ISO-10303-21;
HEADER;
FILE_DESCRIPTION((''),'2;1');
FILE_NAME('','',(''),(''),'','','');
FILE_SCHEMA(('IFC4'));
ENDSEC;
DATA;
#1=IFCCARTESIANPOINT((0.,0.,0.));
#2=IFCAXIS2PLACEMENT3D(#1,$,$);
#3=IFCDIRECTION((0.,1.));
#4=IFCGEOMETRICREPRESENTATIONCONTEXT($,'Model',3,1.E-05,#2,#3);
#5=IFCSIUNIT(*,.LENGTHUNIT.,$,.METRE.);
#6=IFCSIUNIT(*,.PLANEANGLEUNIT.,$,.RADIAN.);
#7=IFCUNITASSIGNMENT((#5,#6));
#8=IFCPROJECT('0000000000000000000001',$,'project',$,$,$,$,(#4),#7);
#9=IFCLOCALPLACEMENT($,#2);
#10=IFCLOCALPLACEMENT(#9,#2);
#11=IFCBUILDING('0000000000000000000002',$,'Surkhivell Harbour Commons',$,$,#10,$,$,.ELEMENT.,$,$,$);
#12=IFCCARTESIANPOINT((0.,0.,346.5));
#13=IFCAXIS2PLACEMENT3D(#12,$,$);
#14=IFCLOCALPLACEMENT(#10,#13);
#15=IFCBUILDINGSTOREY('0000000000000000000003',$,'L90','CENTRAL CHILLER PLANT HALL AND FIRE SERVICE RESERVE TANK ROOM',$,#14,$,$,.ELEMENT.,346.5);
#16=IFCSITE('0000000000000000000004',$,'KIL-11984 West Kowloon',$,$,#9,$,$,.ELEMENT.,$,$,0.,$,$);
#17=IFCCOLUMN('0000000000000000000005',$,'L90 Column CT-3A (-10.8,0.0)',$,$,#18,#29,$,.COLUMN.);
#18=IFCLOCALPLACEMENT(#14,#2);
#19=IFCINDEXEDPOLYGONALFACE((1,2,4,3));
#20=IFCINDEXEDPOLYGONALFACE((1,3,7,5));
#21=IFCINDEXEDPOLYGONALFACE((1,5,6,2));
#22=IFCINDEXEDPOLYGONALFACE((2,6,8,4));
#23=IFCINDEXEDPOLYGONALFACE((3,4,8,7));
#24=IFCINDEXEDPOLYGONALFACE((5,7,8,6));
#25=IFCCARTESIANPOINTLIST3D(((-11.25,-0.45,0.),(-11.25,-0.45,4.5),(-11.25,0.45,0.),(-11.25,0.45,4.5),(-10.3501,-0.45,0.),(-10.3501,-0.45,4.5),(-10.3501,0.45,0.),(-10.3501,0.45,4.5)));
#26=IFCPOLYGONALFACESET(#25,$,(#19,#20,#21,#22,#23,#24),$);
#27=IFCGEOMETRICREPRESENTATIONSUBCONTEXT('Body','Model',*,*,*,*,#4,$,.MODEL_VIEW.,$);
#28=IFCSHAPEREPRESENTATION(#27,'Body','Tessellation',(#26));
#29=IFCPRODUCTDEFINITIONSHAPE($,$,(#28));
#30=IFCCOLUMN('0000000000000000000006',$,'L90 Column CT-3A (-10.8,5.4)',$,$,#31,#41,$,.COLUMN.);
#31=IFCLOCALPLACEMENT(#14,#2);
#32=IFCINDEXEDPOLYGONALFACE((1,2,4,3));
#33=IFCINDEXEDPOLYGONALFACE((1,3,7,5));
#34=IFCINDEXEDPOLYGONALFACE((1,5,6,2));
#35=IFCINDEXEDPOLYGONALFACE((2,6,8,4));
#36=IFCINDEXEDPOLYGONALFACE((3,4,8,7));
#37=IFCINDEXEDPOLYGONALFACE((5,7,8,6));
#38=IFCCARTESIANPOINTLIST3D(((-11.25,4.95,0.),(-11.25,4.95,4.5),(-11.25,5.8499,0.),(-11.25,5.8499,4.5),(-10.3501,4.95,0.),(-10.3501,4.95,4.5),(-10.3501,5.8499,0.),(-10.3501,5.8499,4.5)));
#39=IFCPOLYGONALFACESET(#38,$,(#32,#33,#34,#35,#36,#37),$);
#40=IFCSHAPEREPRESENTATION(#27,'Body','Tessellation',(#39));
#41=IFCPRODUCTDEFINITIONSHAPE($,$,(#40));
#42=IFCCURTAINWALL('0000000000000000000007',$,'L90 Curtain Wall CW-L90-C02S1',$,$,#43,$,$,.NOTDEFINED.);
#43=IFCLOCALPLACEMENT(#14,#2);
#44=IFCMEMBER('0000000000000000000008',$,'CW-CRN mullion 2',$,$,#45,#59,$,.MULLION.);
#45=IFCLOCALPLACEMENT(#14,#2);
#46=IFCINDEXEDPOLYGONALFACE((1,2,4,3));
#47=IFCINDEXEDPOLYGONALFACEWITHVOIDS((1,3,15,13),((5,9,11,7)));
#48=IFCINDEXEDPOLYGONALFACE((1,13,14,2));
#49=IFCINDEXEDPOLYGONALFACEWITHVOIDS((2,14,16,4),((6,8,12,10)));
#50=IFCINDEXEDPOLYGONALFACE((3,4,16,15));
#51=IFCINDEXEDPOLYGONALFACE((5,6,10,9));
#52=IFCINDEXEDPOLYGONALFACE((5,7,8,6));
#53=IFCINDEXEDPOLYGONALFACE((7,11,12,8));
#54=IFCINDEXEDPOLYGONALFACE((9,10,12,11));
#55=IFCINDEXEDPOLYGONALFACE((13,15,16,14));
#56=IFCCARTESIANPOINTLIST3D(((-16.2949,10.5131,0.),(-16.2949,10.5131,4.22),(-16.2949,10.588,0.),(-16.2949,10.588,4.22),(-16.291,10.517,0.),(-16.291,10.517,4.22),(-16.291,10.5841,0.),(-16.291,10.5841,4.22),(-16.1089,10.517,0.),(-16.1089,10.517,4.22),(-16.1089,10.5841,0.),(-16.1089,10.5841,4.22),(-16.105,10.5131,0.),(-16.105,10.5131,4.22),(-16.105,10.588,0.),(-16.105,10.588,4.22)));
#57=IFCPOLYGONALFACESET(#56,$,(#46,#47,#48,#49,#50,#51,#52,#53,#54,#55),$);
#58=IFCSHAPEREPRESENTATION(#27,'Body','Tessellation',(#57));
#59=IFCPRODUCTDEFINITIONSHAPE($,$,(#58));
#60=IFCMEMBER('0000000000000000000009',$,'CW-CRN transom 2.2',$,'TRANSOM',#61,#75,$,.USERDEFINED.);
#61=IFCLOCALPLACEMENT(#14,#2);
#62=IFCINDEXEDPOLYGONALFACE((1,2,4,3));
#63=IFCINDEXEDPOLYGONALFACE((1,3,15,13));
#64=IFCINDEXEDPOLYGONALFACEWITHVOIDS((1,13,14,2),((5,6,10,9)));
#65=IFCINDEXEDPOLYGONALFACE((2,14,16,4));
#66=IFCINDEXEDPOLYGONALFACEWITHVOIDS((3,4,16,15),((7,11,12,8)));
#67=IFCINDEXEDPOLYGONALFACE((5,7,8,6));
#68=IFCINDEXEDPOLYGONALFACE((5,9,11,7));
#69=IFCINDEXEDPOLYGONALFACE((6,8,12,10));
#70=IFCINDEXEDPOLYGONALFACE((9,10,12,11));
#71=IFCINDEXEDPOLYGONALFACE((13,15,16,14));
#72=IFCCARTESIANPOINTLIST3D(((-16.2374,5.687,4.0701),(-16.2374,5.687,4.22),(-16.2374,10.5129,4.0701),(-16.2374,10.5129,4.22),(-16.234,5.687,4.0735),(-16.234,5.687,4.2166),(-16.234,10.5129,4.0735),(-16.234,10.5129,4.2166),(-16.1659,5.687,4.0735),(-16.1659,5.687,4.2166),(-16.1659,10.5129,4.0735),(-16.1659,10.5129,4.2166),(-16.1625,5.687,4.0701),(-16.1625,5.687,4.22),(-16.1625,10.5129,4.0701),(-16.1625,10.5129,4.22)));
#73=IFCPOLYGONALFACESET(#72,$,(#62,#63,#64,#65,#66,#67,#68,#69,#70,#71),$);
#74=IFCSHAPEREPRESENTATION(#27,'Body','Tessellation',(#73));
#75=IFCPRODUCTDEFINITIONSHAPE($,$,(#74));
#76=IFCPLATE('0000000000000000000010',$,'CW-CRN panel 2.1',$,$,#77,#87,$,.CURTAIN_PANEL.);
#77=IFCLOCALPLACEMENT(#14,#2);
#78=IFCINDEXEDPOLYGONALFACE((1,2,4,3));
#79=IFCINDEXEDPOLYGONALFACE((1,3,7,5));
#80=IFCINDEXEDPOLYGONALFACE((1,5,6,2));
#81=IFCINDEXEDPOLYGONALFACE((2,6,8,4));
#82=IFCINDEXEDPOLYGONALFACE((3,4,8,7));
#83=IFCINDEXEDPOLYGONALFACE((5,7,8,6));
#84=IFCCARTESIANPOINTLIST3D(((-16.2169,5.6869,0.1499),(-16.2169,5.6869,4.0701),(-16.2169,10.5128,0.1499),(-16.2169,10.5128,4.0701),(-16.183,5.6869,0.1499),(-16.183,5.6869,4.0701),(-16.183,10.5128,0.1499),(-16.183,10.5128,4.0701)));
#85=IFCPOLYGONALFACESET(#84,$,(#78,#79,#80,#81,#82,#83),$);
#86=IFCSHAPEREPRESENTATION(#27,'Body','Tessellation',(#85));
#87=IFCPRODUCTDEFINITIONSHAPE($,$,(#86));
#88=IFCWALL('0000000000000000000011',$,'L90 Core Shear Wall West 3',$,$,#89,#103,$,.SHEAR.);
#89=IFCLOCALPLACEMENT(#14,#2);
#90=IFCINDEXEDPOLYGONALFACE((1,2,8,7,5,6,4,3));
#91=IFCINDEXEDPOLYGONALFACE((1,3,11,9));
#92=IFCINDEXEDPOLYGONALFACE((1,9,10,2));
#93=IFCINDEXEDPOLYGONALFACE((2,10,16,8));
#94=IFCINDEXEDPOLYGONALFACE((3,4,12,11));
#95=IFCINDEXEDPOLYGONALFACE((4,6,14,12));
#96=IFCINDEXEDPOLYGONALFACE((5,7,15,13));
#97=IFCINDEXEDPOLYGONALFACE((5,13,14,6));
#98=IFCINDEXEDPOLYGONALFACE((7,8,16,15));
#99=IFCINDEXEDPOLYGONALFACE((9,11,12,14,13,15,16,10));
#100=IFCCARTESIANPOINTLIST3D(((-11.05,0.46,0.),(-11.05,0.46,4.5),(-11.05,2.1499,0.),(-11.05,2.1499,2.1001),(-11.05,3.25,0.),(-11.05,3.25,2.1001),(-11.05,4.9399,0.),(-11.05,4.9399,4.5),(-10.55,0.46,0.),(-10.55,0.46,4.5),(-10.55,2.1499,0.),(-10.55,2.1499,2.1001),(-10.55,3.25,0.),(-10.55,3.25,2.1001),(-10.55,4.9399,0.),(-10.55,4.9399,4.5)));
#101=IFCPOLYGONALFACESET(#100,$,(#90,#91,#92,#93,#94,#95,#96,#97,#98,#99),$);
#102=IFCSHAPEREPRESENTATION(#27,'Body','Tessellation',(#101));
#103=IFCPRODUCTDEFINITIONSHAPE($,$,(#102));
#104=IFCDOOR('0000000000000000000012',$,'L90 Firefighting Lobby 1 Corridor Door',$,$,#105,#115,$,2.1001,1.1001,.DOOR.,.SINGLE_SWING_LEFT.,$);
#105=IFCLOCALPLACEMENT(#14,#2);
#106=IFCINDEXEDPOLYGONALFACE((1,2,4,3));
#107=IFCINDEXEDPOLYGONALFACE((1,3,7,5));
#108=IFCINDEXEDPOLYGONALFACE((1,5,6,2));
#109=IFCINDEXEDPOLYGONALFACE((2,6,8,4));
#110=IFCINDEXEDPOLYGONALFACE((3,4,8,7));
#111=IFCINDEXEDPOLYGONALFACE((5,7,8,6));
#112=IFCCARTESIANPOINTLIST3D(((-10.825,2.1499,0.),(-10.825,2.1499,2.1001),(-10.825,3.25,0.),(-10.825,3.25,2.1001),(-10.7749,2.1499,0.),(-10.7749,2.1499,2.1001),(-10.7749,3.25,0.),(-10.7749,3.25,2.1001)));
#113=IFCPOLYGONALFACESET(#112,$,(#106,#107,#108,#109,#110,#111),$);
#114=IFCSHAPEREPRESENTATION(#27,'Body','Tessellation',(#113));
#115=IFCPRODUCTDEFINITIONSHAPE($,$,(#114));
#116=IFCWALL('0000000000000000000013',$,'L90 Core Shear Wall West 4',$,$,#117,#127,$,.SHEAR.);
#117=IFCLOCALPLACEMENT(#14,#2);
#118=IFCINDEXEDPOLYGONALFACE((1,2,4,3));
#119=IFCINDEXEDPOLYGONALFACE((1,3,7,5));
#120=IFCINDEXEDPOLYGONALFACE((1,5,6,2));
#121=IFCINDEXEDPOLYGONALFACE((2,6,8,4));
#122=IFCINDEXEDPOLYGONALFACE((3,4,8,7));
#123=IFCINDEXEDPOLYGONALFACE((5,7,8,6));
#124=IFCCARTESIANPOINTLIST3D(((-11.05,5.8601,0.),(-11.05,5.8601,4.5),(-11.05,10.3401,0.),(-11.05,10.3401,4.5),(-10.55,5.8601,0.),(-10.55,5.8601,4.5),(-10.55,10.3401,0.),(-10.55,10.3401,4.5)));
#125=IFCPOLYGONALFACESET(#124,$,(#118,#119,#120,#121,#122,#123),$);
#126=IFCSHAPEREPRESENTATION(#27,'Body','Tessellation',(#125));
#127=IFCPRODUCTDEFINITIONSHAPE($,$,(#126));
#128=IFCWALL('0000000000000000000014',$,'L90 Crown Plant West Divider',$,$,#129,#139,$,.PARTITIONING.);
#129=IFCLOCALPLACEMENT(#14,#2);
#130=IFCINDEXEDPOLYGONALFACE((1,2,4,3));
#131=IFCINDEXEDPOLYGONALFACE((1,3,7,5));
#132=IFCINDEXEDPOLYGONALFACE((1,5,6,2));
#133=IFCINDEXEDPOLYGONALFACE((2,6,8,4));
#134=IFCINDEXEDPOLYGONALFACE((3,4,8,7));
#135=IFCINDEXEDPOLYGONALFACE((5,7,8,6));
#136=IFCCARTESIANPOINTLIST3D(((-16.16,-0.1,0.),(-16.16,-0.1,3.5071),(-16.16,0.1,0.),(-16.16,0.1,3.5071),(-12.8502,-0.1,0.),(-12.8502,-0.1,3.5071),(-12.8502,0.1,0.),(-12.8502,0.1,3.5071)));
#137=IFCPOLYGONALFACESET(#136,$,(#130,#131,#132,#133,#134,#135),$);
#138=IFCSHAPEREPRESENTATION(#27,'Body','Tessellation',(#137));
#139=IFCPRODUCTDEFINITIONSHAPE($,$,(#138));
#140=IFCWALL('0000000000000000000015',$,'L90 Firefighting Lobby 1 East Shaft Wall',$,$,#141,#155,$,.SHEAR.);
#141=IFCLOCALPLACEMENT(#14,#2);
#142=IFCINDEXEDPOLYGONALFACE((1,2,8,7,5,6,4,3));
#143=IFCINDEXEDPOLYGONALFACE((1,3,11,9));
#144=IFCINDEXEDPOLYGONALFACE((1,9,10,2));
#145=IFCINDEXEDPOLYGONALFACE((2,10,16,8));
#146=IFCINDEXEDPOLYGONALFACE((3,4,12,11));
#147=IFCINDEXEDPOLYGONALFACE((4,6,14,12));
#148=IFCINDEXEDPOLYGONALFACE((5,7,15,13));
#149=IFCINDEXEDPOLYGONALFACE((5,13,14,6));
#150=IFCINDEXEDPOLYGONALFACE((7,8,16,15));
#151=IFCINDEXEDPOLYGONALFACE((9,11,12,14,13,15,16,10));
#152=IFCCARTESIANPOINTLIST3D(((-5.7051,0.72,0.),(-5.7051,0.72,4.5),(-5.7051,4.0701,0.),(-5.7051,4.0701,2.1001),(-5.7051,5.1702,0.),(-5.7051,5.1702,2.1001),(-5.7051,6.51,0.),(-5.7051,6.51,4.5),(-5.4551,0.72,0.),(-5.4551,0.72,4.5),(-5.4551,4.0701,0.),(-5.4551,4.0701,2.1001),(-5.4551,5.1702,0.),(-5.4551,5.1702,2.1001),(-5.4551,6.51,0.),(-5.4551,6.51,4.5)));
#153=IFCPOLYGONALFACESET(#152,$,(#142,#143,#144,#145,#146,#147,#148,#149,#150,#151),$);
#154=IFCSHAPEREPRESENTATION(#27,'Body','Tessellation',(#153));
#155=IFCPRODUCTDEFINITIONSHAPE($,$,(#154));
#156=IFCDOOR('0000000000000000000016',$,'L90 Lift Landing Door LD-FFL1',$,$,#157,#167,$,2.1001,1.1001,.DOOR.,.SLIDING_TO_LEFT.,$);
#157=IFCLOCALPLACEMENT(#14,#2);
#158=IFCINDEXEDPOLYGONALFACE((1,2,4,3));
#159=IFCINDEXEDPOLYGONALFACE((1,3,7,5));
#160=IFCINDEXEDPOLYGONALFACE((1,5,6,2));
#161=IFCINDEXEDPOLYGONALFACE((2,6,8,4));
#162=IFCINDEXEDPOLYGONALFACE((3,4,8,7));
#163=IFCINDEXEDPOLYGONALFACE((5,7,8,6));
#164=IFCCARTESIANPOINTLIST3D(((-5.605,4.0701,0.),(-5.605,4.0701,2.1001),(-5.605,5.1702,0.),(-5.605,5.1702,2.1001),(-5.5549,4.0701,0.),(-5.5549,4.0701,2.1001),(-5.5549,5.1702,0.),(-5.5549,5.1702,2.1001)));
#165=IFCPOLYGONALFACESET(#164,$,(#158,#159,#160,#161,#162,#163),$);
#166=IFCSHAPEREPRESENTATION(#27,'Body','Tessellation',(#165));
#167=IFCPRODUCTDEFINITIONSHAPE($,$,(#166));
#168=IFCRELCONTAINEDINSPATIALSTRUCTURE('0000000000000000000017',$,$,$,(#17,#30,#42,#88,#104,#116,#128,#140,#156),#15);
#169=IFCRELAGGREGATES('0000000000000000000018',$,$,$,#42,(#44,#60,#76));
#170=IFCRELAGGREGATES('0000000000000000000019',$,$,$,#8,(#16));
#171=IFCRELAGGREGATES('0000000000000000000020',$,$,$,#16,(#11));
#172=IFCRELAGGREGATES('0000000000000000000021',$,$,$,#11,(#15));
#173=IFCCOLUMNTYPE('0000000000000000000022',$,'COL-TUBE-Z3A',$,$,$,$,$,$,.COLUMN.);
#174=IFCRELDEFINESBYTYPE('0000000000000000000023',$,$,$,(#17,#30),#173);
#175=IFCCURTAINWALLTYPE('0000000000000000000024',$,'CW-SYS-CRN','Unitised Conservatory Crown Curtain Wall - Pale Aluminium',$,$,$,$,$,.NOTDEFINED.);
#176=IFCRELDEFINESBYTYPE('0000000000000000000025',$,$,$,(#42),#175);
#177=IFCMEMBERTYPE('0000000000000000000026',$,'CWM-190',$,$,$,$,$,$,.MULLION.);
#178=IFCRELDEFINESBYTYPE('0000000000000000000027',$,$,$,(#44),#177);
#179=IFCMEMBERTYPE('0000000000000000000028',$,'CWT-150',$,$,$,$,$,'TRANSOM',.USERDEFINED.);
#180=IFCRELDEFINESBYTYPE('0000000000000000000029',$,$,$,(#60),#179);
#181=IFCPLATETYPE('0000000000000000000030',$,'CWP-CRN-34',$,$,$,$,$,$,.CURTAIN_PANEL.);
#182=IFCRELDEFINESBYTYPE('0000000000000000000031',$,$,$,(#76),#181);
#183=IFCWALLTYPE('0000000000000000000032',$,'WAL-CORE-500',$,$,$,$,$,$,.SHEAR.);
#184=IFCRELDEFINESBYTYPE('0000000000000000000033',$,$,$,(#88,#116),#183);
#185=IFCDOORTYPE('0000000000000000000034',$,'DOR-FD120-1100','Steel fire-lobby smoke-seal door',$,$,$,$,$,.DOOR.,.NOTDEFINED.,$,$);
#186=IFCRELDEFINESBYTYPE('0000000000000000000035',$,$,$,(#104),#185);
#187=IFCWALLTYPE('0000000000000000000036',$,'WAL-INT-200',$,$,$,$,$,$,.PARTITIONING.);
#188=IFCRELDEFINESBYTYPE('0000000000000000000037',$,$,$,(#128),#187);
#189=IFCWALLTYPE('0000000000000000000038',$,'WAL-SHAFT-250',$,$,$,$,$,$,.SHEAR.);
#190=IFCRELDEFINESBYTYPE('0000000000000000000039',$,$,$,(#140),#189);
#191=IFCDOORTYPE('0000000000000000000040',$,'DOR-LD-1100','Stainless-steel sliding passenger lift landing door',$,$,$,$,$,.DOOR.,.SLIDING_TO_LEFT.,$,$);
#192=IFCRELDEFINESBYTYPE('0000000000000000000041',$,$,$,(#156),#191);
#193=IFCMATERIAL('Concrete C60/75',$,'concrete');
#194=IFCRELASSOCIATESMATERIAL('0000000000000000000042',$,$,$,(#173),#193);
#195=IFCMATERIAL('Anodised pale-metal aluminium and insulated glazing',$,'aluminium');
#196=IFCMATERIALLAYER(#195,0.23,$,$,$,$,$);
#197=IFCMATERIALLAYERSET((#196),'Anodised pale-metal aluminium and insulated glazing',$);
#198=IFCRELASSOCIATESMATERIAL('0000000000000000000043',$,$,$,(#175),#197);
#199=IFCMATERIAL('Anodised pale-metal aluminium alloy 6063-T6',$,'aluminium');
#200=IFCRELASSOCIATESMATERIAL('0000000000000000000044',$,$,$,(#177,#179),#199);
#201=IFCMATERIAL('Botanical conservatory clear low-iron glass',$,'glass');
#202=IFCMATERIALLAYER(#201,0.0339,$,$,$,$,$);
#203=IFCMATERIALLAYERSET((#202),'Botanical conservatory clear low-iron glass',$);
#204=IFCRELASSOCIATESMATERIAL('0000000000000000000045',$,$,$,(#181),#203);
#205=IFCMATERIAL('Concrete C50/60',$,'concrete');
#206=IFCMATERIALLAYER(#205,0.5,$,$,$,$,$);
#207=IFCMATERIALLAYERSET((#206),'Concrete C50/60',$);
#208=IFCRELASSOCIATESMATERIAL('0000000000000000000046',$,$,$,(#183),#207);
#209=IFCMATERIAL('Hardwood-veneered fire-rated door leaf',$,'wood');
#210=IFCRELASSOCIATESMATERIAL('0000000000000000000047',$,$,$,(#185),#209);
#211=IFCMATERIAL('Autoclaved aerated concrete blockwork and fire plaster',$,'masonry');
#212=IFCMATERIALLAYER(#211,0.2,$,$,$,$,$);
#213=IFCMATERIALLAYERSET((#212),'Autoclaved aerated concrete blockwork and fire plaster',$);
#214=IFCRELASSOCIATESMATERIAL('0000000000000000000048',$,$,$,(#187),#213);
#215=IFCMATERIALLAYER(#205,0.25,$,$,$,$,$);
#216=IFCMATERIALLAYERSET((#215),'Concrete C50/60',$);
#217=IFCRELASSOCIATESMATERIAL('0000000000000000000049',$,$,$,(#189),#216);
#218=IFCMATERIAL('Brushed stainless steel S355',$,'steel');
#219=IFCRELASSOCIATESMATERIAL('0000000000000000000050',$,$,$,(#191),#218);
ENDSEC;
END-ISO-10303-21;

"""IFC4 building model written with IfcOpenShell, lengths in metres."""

from ifc_helpers import new_model, si_unit, direction, frame, frame_2d, origin, origin_2d, place, context, subcontext, project, spatial, rectangle, hollow_rectangle, extrude, material, layer, layer_set, material_profile, profile_set, type_object, element, fill, aggregate, save


model = new_model("IFC4")

# Units and contexts
model_context = context("Model", 3, precision=1e-05, world=origin(), true_north=direction((0.0, 1.0)))
body_context = subcontext(model_context, "Body", "Model", "MODEL_VIEW")
ifc_project = project(units=[si_unit("LENGTHUNIT", "METRE"), si_unit("PLANEANGLEUNIT", "RADIAN")], contexts=[model_context])

# Site, building, storey
site_placement = place(None, origin())
site = spatial("IfcSite", under=ifc_project, at=site_placement, Name="KIL-11984 West Kowloon", CompositionType="ELEMENT", RefElevation=0.0)
building_placement = place(site_placement, origin())
building = spatial("IfcBuilding", under=site, at=building_placement, Name="Surkhivell Harbour Commons", CompositionType="ELEMENT")
storey_placement = place(building_placement, frame((0.0, 0.0, 346.5)))
storey = spatial("IfcBuildingStorey", under=building, at=storey_placement, Name="L90", Description="CENTRAL CHILLER PLANT HALL AND FIRE SERVICE RESERVE TANK ROOM", CompositionType="ELEMENT", Elevation=346.5)

# Columns
ifc_material_1 = material(Name="Concrete C60/75", Category="concrete")
ifc_material_profile_1 = material_profile(ifc_material_1, rectangle(XDim=0.8999, YDim=0.8999, at=origin_2d()), Name="RC-COL-900x900")
ifc_profile_set_1 = profile_set([ifc_material_profile_1], Name="Concrete C60/75")
column_type = type_object("IfcColumnType", Name="COL-TUBE-Z3A", PredefinedType="COLUMN", material=ifc_profile_set_1)
for number, where, z_axis, x_axis, name in (
    (1, (-10.8, 0.0, 0.0), (0.0, 0.0, 1.0), (1.0, 0.0, 0.0), "L90 Column CT-3A (-10.8,0.0)"),
    (2, (-10.8, 5.3999, 0.0), (0.0, 0.0, 1.0), (1.0, 0.0, 0.0), "L90 Column CT-3A (-10.8,5.4)"),
):
    element("IfcColumn", number, at=place(storey_placement, frame(where, z_axis=z_axis, x_axis=x_axis)), inside=storey, type_object=column_type, Name=name, PredefinedType="COLUMN", context=body_context, shape_type="SweptSolid", body=[
        extrude(rectangle(XDim=0.8999, YDim=0.8999, at=origin_2d()), origin(), (0.0, 0.0, 1.0), 4.5),
    ])

# Curtain wall, members, plate
ifc_material_2 = material(Name="Anodised pale-metal aluminium and insulated glazing", Category="aluminium")
ifc_layer_1 = layer(ifc_material_2, 0.23)
ifc_layer_set_1 = layer_set([ifc_layer_1], Name="Anodised pale-metal aluminium and insulated glazing")
curtain_wall_type = type_object("IfcCurtainWallType", Name="CW-SYS-CRN", Description="Unitised Conservatory Crown Curtain Wall - Pale Aluminium", PredefinedType="NOTDEFINED", material=ifc_layer_set_1)
curtain_wall_placement = place(storey_placement, origin())
curtain_wall = element("IfcCurtainWall", 3, at=curtain_wall_placement, inside=storey, type_object=curtain_wall_type, Name="L90 Curtain Wall CW-L90-C02S1", PredefinedType="NOTDEFINED")
ifc_material_3 = material(Name="Anodised pale-metal aluminium alloy 6063-T6", Category="aluminium")
ifc_material_profile_2 = material_profile(ifc_material_3, hollow_rectangle(XDim=0.075, YDim=0.1899, WallThickness=0.0039, at=origin_2d()), Name="ALU-MULL-75x190")
ifc_profile_set_2 = profile_set([ifc_material_profile_2], Name="Anodised pale-metal aluminium alloy 6063-T6")
member_type_1 = type_object("IfcMemberType", Name="CWM-190", PredefinedType="MULLION", material=ifc_profile_set_2)
member_1_placement = place(storey_placement, frame((-16.2, 10.5505, 0.0), z_axis=(0.0, 0.0, 1.0), x_axis=(0.0, -1.0, 0.0)))
member_1 = element("IfcMember", 4, at=member_1_placement, type_object=member_type_1, Name="CW-CRN mullion 2", PredefinedType="MULLION", context=body_context, shape_type="SweptSolid", body=[
    extrude(hollow_rectangle(XDim=0.075, YDim=0.1899, WallThickness=0.0039, at=origin_2d()), origin(), (0.0, 0.0, 1.0), 4.22),
])
ifc_material_profile_3 = material_profile(ifc_material_3, hollow_rectangle(XDim=0.075, YDim=0.1499, WallThickness=0.0034, at=origin_2d()), Name="ALU-TRAN-75x150")
ifc_profile_set_3 = profile_set([ifc_material_profile_3], Name="Anodised pale-metal aluminium alloy 6063-T6")
member_type_2 = type_object("IfcMemberType", Name="CWT-150", ElementType="TRANSOM", PredefinedType="USERDEFINED", material=ifc_profile_set_3)
member_2_placement = place(storey_placement, frame((-16.2, 10.5129, 4.145), z_axis=(0.0, -1.0, 0.0), x_axis=(1.0, 0.0, 0.0)))
member_2 = element("IfcMember", 5, at=member_2_placement, type_object=member_type_2, Name="CW-CRN transom 2.2", ObjectType="TRANSOM", PredefinedType="USERDEFINED", context=body_context, shape_type="SweptSolid", body=[
    extrude(hollow_rectangle(XDim=0.075, YDim=0.1499, WallThickness=0.0034, at=origin_2d()), origin(), (0.0, 0.0, 1.0), 4.8259),
])
ifc_material_4 = material(Name="Botanical conservatory clear low-iron glass", Category="glass")
ifc_layer_2 = layer(ifc_material_4, 0.0339)
ifc_layer_set_2 = layer_set([ifc_layer_2], Name="Botanical conservatory clear low-iron glass")
plate_type = type_object("IfcPlateType", Name="CWP-CRN-34", PredefinedType="CURTAIN_PANEL", material=ifc_layer_set_2)
plate_placement = place(storey_placement, frame((-16.2, 10.5129, 0.1499), z_axis=(0.0, 0.0, 1.0), x_axis=(0.0, -1.0, 0.0)))
plate = element("IfcPlate", 6, at=plate_placement, type_object=plate_type, Name="CW-CRN panel 2.1", PredefinedType="CURTAIN_PANEL", context=body_context, shape_type="SweptSolid", body=[
    extrude(rectangle(XDim=4.8259, YDim=0.0339, at=frame_2d((2.4131, 0.0))), origin(), (0.0, 0.0, 1.0), 3.9202),
])
aggregate(curtain_wall, [member_1, member_2, plate])

# Wall, opening, door
ifc_material_5 = material(Name="Concrete C50/60", Category="concrete")
ifc_layer_3 = layer(ifc_material_5, 0.5)
ifc_layer_set_3 = layer_set([ifc_layer_3], Name="Concrete C50/60")
wall_type_1 = type_object("IfcWallType", Name="WAL-CORE-500", PredefinedType="SHEAR", material=ifc_layer_set_3)
wall_1_placement = place(storey_placement, frame((-10.8, 0.46, 0.0), z_axis=(0.0, 0.0, 1.0), x_axis=(0.0, 1.0, 0.0)))
wall_1 = element("IfcWall", 7, at=wall_1_placement, inside=storey, type_object=wall_type_1, Name="L90 Core Shear Wall West 3", PredefinedType="SHEAR", context=body_context, shape_type="SweptSolid", body=[
    extrude(rectangle(XDim=4.48, YDim=0.5, at=frame_2d((2.24, 0.0))), origin(), (0.0, 0.0, 1.0), 4.5),
])
opening_1_placement = place(wall_1_placement, frame((1.6899, 0.0, 0.0)))
opening_1 = element("IfcOpeningElement", 8, at=opening_1_placement, cuts=wall_1, PredefinedType="OPENING", context=body_context, shape_type="SweptSolid", body=[
    extrude(rectangle(XDim=1.1001, YDim=2.1001, at=frame_2d((0.55, 1.05))), frame((0.0, 0.26, 0.0), z_axis=(0.0, -1.0, 0.0), x_axis=(1.0, 0.0, 0.0)), (0.0, 0.0, 1.0), 0.52),
])
ifc_material_6 = material(Name="Hardwood-veneered fire-rated door leaf", Category="wood")
door_type_1 = type_object("IfcDoorType", Name="DOR-FD120-1100", Description="Steel fire-lobby smoke-seal door", OperationType="NOTDEFINED", PredefinedType="DOOR", material=ifc_material_6)
door_1_placement = place(opening_1_placement, origin())
door_1 = element("IfcDoor", 9, at=door_1_placement, inside=storey, type_object=door_type_1, Name="L90 Firefighting Lobby 1 Corridor Door", OperationType="SINGLE_SWING_LEFT", OverallHeight=2.1001, OverallWidth=1.1001, PredefinedType="DOOR", context=body_context, shape_type="SweptSolid", body=[
    extrude(rectangle(XDim=1.1001, YDim=2.1001, at=frame_2d((0.55, 1.05))), frame((0.0, 0.0249, 0.0), z_axis=(0.0, -1.0, 0.0), x_axis=(1.0, 0.0, 0.0)), (0.0, 0.0, 1.0), 0.05),
])
fill(opening_1, door_1)

# Walls
wall_2_placement = place(storey_placement, frame((-10.8, 5.8601, 0.0), z_axis=(0.0, 0.0, 1.0), x_axis=(0.0, 1.0, 0.0)))
element("IfcWall", 10, at=wall_2_placement, inside=storey, type_object=wall_type_1, Name="L90 Core Shear Wall West 4", PredefinedType="SHEAR", context=body_context, shape_type="SweptSolid", body=[
    extrude(rectangle(XDim=4.48, YDim=0.5, at=frame_2d((2.24, 0.0))), origin(), (0.0, 0.0, 1.0), 4.5),
])
ifc_material_7 = material(Name="Autoclaved aerated concrete blockwork and fire plaster", Category="masonry")
ifc_layer_4 = layer(ifc_material_7, 0.2)
ifc_layer_set_4 = layer_set([ifc_layer_4], Name="Autoclaved aerated concrete blockwork and fire plaster")
wall_type_2 = type_object("IfcWallType", Name="WAL-INT-200", PredefinedType="PARTITIONING", material=ifc_layer_set_4)
wall_3_placement = place(storey_placement, frame((-16.1599, 0.0, 0.0), z_axis=(0.0, 0.0, 1.0), x_axis=(1.0, 0.0, 0.0)))
element("IfcWall", 11, at=wall_3_placement, inside=storey, type_object=wall_type_2, Name="L90 Crown Plant West Divider", PredefinedType="PARTITIONING", context=body_context, shape_type="SweptSolid", body=[
    extrude(rectangle(XDim=3.3098, YDim=0.2, at=frame_2d((1.6548, 0.0))), origin(), (0.0, 0.0, 1.0), 3.5071),
])

# Wall, opening, door
ifc_layer_5 = layer(ifc_material_5, 0.25)
ifc_layer_set_5 = layer_set([ifc_layer_5], Name="Concrete C50/60")
wall_type_3 = type_object("IfcWallType", Name="WAL-SHAFT-250", PredefinedType="SHEAR", material=ifc_layer_set_5)
wall_4_placement = place(storey_placement, frame((-5.5801, 0.72, 0.0), z_axis=(0.0, 0.0, 1.0), x_axis=(0.0, 1.0, 0.0)))
wall_4 = element("IfcWall", 12, at=wall_4_placement, inside=storey, type_object=wall_type_3, Name="L90 Firefighting Lobby 1 East Shaft Wall", PredefinedType="SHEAR", context=body_context, shape_type="SweptSolid", body=[
    extrude(rectangle(XDim=5.79, YDim=0.25, at=frame_2d((2.895, 0.0))), origin(), (0.0, 0.0, 1.0), 4.5),
])
opening_2_placement = place(wall_4_placement, frame((3.3501, 0.0, 0.0)))
opening_2 = element("IfcOpeningElement", 13, at=opening_2_placement, cuts=wall_4, PredefinedType="OPENING", context=body_context, shape_type="SweptSolid", body=[
    extrude(rectangle(XDim=1.1001, YDim=2.1001, at=frame_2d((0.55, 1.05))), frame((0.0, 0.135, 0.0), z_axis=(0.0, -1.0, 0.0), x_axis=(1.0, 0.0, 0.0)), (0.0, 0.0, 1.0), 0.27),
])
ifc_material_8 = material(Name="Brushed stainless steel S355", Category="steel")
door_type_2 = type_object("IfcDoorType", Name="DOR-LD-1100", Description="Stainless-steel sliding passenger lift landing door", OperationType="SLIDING_TO_LEFT", PredefinedType="DOOR", material=ifc_material_8)
door_2_placement = place(opening_2_placement, origin())
door_2 = element("IfcDoor", 14, at=door_2_placement, inside=storey, type_object=door_type_2, Name="L90 Lift Landing Door LD-FFL1", OperationType="SLIDING_TO_LEFT", OverallHeight=2.1001, OverallWidth=1.1001, PredefinedType="DOOR", context=body_context, shape_type="SweptSolid", body=[
    extrude(rectangle(XDim=1.1001, YDim=2.1001, at=frame_2d((0.55, 1.05))), frame((0.0, 0.0249, 0.0), z_axis=(0.0, -1.0, 0.0), x_axis=(1.0, 0.0, 0.0)), (0.0, 0.0, 1.0), 0.05),
])
fill(opening_2, door_2)

save(model, "model.ifc")
